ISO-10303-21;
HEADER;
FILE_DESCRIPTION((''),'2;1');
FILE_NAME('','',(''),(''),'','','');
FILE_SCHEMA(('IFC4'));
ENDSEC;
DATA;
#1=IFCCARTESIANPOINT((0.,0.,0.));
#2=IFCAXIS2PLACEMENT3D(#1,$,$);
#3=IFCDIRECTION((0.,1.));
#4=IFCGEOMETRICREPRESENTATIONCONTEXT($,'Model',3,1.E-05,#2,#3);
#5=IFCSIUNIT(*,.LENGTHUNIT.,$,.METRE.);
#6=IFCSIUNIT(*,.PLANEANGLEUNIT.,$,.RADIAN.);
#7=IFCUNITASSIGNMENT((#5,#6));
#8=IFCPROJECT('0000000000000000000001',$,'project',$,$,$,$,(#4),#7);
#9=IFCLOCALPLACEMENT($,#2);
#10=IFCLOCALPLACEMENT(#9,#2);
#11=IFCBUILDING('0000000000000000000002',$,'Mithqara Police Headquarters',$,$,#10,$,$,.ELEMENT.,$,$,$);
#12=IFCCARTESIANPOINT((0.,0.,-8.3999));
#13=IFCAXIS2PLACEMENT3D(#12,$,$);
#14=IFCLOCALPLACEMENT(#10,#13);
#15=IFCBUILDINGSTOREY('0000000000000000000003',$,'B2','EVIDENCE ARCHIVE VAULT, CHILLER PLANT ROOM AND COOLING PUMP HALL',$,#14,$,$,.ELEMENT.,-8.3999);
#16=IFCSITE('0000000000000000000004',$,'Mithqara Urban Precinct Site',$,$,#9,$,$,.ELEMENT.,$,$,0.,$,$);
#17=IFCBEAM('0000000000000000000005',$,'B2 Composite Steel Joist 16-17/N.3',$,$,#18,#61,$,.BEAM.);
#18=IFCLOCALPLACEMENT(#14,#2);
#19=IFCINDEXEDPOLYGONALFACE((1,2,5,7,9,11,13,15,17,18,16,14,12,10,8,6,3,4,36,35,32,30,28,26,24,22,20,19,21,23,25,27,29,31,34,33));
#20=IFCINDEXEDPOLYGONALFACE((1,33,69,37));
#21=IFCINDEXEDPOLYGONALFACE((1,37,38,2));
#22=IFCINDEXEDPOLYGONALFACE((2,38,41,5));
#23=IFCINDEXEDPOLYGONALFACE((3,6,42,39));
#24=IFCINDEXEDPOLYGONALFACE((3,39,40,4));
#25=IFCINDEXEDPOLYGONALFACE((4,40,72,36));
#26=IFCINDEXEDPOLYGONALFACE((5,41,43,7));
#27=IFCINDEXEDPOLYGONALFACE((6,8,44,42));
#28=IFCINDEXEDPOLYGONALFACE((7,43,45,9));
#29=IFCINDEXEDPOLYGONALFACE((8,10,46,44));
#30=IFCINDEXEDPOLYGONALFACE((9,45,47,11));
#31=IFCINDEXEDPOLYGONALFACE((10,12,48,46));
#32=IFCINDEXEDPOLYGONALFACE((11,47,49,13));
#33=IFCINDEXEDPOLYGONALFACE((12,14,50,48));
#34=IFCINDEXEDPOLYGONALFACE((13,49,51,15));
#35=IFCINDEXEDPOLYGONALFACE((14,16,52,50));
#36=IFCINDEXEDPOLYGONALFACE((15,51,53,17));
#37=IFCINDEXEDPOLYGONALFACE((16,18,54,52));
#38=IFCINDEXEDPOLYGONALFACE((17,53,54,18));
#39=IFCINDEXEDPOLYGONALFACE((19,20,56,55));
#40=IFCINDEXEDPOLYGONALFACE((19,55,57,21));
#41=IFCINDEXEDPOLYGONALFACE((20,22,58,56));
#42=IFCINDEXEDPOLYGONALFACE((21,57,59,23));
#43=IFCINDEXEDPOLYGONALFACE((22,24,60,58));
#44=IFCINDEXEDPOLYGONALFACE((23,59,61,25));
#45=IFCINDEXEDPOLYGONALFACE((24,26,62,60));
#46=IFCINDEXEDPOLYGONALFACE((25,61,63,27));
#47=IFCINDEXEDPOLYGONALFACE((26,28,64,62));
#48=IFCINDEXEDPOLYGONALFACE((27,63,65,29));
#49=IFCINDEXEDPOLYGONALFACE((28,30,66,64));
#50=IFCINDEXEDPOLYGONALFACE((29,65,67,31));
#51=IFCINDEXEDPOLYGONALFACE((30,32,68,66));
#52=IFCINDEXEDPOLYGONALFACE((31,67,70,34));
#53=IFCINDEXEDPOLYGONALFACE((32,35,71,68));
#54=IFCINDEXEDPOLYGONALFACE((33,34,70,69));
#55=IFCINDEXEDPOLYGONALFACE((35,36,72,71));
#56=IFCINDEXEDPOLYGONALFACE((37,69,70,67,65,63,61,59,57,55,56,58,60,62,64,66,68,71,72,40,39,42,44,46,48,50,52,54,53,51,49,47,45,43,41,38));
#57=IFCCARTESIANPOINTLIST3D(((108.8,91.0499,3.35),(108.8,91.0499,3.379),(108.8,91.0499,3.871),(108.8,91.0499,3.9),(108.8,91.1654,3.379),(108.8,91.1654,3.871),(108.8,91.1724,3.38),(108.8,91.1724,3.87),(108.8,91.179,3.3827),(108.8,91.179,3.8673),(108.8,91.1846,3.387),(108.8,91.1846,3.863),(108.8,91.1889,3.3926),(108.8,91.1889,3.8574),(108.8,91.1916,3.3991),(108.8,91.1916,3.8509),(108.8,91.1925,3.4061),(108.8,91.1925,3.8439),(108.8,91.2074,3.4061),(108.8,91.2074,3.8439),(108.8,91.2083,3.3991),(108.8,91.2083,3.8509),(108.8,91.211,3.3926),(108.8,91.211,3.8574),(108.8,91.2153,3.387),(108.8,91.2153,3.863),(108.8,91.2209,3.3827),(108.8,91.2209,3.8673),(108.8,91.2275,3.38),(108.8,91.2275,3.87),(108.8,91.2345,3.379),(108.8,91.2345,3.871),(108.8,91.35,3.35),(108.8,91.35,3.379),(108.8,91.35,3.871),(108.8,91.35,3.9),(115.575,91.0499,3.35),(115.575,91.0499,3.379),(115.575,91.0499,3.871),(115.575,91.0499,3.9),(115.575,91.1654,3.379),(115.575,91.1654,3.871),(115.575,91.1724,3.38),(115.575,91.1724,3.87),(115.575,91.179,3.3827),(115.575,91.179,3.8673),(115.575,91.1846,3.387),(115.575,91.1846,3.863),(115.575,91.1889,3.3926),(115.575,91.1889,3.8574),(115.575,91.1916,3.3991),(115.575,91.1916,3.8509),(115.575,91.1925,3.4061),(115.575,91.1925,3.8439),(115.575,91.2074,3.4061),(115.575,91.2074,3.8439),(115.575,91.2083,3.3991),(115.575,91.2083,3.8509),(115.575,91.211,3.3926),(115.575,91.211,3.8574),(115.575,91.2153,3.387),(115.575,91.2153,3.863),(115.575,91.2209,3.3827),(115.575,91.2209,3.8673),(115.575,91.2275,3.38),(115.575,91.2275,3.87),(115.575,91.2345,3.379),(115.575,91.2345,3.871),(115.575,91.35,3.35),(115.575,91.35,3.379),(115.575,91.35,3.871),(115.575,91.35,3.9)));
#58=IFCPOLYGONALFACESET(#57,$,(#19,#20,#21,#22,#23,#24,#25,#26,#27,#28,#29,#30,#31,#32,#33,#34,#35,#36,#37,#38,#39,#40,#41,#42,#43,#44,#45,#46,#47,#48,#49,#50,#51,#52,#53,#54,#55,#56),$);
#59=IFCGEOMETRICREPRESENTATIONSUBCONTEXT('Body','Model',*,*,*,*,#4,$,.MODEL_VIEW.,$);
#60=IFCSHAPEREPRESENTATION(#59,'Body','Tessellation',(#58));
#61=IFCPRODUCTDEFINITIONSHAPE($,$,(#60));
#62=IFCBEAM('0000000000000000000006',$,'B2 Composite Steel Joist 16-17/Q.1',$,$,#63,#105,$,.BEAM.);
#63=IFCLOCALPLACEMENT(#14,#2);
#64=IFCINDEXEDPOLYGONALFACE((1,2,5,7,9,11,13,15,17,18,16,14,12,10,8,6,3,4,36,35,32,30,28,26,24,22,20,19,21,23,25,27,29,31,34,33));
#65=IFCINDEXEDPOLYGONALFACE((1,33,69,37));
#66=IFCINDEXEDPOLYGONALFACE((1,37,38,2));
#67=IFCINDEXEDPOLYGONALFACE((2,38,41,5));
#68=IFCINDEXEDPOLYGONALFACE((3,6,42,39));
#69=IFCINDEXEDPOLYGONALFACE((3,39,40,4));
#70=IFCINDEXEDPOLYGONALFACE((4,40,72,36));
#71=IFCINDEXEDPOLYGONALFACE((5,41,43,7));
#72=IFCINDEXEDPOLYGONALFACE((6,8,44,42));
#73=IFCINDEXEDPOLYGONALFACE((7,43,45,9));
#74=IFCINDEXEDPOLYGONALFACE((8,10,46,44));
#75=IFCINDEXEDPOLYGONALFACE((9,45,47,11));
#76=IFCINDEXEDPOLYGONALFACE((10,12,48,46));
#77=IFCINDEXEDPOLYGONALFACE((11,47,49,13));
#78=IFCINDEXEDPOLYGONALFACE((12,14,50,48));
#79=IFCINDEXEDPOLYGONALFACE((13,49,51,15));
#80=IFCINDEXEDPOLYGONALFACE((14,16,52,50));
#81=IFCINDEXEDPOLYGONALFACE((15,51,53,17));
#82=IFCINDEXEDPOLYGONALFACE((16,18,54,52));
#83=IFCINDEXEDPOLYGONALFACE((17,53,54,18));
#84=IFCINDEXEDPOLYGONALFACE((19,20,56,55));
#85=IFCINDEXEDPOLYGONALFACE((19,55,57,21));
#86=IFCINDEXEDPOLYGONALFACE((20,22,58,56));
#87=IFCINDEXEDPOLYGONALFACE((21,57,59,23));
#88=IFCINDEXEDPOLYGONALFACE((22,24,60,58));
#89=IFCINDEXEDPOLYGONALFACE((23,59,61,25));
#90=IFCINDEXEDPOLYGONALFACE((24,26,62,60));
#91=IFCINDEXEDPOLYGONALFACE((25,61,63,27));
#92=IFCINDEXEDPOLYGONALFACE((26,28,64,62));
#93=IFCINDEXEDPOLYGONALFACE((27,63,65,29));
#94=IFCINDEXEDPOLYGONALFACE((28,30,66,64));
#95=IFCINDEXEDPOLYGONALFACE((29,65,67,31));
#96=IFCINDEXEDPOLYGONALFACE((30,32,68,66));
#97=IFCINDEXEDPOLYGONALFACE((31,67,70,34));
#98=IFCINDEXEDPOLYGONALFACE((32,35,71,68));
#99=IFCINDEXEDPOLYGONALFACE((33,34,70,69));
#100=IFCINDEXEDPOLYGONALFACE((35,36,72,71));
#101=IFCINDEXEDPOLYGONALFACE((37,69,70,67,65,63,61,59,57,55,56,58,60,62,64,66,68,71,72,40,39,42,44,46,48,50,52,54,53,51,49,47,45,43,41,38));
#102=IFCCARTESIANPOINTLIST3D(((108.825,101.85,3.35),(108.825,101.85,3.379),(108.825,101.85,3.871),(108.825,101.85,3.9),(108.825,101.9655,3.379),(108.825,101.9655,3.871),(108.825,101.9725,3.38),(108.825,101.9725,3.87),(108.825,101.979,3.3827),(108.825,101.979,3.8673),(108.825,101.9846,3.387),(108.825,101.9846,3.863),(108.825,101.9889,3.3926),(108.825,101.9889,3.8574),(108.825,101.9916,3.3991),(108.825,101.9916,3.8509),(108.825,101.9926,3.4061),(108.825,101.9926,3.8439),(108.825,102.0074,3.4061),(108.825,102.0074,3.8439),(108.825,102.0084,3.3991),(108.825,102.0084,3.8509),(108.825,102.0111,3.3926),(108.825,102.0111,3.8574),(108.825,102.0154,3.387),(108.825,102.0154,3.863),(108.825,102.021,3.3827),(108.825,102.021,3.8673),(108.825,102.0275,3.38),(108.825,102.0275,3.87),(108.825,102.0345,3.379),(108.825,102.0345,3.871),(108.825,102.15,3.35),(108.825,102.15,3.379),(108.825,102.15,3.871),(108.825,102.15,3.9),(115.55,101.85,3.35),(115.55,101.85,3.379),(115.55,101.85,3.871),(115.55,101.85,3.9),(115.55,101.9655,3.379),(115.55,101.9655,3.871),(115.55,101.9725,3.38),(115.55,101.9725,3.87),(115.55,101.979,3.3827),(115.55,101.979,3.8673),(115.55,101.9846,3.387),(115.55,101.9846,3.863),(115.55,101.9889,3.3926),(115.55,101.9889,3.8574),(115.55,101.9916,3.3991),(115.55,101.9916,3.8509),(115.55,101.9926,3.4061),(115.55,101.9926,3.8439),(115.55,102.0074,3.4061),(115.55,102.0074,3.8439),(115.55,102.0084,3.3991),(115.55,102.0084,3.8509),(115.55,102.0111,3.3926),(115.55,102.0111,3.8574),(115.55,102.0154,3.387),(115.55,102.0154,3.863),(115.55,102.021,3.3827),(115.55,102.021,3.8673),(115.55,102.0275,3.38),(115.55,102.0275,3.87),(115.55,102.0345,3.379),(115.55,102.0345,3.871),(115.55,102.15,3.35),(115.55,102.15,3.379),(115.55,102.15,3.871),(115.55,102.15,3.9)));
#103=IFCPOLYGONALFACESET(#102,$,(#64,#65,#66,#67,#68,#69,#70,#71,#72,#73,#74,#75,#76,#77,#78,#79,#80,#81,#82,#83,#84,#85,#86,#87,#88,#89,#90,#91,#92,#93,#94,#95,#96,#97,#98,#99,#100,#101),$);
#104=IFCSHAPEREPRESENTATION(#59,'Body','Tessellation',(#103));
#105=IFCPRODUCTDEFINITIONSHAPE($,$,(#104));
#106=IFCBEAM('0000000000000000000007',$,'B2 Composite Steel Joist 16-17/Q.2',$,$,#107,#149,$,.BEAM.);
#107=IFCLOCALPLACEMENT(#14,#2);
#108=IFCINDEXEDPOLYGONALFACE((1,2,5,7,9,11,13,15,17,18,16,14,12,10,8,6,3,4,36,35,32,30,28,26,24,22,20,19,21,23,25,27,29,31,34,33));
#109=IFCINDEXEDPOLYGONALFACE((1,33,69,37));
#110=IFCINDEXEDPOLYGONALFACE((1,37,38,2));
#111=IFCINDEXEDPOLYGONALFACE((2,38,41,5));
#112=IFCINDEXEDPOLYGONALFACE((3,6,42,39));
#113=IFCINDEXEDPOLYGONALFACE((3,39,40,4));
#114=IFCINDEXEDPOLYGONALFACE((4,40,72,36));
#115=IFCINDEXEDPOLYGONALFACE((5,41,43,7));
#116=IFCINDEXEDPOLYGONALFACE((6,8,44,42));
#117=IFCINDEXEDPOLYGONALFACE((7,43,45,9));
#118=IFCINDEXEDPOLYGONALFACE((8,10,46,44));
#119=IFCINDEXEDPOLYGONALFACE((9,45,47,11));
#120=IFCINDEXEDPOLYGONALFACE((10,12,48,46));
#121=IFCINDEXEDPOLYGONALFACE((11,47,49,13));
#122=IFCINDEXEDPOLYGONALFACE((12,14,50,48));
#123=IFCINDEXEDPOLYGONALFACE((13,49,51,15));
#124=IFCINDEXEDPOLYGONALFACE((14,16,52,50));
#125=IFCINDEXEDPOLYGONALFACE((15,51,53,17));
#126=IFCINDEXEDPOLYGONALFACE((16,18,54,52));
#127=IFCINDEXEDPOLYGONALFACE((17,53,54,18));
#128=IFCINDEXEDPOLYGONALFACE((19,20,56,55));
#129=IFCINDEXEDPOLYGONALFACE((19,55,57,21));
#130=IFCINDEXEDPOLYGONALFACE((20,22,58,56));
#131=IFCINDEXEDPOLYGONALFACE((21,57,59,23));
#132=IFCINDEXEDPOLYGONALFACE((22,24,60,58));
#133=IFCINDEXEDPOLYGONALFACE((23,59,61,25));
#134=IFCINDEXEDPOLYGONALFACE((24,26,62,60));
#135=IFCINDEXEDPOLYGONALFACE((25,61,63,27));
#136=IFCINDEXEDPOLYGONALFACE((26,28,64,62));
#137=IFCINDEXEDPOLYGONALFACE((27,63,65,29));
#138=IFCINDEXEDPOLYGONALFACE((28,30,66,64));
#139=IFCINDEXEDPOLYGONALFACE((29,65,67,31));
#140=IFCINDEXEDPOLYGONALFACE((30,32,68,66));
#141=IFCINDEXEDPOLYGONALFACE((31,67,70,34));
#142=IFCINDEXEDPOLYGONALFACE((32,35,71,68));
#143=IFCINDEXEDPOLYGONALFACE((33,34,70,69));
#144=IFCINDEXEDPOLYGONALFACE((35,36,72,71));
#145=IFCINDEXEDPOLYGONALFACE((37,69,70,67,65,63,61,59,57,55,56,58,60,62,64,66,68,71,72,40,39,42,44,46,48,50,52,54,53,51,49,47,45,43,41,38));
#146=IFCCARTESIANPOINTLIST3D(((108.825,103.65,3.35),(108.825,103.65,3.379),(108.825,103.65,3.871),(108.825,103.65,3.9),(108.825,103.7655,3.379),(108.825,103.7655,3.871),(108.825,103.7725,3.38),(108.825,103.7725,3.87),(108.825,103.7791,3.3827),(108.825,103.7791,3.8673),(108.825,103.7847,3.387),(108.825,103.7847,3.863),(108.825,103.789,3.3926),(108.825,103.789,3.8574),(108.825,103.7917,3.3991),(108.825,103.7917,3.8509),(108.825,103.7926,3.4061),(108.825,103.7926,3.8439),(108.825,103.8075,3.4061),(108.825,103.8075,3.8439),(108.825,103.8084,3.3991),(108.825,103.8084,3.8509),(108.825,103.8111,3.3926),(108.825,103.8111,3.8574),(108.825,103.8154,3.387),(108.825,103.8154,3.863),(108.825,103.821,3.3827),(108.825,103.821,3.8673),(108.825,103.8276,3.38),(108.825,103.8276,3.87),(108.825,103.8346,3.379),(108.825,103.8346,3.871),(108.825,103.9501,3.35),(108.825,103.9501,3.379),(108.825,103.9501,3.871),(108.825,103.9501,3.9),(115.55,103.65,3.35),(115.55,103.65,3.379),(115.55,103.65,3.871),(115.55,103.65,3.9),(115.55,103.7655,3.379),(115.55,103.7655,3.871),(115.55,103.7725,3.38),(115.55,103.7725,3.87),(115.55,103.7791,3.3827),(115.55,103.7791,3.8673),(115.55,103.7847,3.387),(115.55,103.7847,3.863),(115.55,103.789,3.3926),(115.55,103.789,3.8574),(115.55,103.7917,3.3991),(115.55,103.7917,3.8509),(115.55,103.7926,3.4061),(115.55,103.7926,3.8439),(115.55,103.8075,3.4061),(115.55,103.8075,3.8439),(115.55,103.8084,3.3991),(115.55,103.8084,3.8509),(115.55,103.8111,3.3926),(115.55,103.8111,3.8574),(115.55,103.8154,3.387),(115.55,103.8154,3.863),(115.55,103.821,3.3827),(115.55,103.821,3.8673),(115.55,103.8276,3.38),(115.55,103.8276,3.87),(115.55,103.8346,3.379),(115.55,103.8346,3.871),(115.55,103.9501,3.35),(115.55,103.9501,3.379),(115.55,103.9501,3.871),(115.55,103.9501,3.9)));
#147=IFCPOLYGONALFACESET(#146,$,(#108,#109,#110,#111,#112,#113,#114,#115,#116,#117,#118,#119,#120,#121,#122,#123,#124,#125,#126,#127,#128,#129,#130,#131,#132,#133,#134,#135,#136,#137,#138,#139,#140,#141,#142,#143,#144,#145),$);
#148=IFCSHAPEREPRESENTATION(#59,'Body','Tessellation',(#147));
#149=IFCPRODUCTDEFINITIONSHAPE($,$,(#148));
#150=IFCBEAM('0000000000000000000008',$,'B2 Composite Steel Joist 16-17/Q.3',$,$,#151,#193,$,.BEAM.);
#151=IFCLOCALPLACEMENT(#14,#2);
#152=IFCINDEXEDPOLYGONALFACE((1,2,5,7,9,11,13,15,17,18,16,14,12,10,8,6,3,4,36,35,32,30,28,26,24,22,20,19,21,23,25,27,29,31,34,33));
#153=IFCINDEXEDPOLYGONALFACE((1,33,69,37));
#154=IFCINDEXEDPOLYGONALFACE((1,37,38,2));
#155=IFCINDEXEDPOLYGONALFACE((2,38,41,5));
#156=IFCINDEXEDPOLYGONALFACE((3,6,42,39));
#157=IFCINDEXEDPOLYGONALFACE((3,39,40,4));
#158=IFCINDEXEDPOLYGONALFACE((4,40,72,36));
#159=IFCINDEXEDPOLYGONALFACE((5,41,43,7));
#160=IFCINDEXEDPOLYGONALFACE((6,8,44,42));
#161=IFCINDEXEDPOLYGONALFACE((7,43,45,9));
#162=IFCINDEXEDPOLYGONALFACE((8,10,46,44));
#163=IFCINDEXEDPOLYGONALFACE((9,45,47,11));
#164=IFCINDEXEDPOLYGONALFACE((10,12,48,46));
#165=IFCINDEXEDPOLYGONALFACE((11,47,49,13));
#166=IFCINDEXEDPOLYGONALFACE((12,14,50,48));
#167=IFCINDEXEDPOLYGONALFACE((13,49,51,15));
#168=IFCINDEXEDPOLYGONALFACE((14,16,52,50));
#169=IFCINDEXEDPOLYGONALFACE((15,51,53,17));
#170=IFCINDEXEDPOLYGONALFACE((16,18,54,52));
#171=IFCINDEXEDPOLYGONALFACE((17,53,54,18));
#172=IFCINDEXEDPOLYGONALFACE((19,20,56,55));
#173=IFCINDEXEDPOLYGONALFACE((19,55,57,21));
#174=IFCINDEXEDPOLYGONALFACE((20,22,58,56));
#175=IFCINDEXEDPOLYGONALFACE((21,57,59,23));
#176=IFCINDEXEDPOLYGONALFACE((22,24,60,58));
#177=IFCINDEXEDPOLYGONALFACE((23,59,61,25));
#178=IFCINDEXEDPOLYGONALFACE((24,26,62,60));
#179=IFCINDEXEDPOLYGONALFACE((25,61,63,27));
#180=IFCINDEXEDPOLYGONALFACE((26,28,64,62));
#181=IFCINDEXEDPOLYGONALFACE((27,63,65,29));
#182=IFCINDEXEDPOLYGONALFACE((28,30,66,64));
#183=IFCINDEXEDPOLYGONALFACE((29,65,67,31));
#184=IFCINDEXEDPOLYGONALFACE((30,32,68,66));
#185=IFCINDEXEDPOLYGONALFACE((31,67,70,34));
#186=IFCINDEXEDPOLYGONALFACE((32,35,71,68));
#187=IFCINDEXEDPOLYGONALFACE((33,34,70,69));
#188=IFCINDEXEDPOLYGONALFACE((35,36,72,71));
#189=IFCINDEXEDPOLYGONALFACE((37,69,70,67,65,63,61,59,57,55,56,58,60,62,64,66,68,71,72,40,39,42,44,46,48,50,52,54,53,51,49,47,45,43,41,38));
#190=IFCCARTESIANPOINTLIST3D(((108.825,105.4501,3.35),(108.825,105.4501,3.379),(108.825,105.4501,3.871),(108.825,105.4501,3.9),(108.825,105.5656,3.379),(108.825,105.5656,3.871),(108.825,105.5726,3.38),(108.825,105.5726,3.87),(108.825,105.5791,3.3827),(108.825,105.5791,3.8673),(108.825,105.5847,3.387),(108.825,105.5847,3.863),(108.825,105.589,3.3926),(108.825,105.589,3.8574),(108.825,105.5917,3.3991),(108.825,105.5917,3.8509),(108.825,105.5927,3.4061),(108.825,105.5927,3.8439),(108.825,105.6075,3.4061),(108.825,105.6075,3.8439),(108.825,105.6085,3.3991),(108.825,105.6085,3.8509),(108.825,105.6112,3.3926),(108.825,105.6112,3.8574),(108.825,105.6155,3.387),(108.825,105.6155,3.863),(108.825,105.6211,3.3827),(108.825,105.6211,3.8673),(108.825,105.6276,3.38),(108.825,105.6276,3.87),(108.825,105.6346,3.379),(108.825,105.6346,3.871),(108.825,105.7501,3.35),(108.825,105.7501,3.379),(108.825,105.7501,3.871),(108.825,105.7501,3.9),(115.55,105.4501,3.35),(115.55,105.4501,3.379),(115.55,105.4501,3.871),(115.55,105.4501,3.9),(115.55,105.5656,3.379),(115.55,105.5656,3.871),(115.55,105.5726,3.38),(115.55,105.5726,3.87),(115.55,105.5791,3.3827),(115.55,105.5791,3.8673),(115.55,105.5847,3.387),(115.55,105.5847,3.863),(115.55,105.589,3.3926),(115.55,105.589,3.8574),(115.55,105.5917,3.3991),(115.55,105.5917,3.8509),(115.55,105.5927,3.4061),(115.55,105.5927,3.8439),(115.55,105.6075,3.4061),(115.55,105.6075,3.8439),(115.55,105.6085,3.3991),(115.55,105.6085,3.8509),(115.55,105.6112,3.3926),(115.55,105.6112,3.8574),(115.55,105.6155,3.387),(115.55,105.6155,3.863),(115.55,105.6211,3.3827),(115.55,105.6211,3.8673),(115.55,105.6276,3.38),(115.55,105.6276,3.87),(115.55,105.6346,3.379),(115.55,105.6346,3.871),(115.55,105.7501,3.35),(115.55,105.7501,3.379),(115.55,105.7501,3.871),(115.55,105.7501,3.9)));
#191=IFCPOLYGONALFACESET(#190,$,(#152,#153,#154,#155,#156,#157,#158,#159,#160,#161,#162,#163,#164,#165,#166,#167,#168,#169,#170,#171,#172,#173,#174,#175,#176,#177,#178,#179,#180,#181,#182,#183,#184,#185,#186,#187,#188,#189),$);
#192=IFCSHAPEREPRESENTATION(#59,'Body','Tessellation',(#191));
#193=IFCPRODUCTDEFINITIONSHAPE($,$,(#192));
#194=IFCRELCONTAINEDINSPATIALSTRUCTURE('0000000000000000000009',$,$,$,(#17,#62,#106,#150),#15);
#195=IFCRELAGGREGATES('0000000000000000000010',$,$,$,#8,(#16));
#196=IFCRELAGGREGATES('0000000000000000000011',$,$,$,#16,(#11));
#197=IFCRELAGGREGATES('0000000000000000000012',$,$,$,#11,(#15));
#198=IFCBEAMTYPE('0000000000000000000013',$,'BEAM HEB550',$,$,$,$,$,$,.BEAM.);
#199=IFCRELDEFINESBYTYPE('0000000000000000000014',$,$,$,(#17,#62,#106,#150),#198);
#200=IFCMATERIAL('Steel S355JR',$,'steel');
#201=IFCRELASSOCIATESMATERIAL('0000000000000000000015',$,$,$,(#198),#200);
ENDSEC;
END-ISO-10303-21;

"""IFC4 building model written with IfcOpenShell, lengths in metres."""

from ifc_helpers import new_model, si_unit, direction, frame, origin, origin_2d, place, context, subcontext, project, spatial, i_section, extrude, material, material_profile, profile_set, type_object, element, save


model = new_model("IFC4")

# Units and contexts
model_context = context("Model", 3, precision=1e-05, world=origin(), true_north=direction((0.0, 1.0)))
body_context = subcontext(model_context, "Body", "Model", "MODEL_VIEW")
ifc_project = project(units=[si_unit("LENGTHUNIT", "METRE"), si_unit("PLANEANGLEUNIT", "RADIAN")], contexts=[model_context])

# Site, building, storey
site_placement = place(None, origin())
site = spatial("IfcSite", under=ifc_project, at=site_placement, Name="Mithqara Urban Precinct Site", CompositionType="ELEMENT", RefElevation=0.0)
building_placement = place(site_placement, origin())
building = spatial("IfcBuilding", under=site, at=building_placement, Name="Mithqara Police Headquarters", CompositionType="ELEMENT")
storey_placement = place(building_placement, frame((0.0, 0.0, -8.3999)))
storey = spatial("IfcBuildingStorey", under=building, at=storey_placement, Name="B2", Description="EVIDENCE ARCHIVE VAULT, CHILLER PLANT ROOM AND COOLING PUMP HALL", CompositionType="ELEMENT", Elevation=-8.3999)

# Beams
ifc_material_1 = material(Name="Steel S355JR", Category="steel")
ifc_material_profile_1 = material_profile(ifc_material_1, i_section(OverallWidth=0.3, OverallDepth=0.55, WebThickness=0.0149, FlangeThickness=0.0291, FilletRadius=0.0271, at=origin_2d()), Name="HEB 550")
ifc_profile_set_1 = profile_set([ifc_material_profile_1], Name="Steel S355JR")
beam_type_1 = type_object("IfcBeamType", Name="BEAM HEB550", PredefinedType="BEAM", material=ifc_profile_set_1)
for number, where, z_axis, x_axis, name in (
    (1, (108.8, 91.2, 3.625), (1.0, 0.0, 0.0), (0.0, 1.0, 0.0), "B2 Composite Steel Joist 16-17/N.3"),
):
    element("IfcBeam", number, at=place(storey_placement, frame(where, z_axis=z_axis, x_axis=x_axis)), inside=storey, type_object=beam_type_1, Name=name, PredefinedType="BEAM", context=body_context, shape_type="SweptSolid", body=[
        extrude(i_section(OverallWidth=0.3, OverallDepth=0.55, WebThickness=0.0149, FlangeThickness=0.0291, FilletRadius=0.0271, at=origin_2d()), origin(), (0.0, 0.0, 1.0), 6.7749),
    ])
for number, where, z_axis, x_axis, name in (
    (2, (108.825, 102.0, 3.625), (1.0, 0.0, 0.0), (0.0, 1.0, 0.0), "B2 Composite Steel Joist 16-17/Q.1"),
    (3, (108.825, 103.8, 3.625), (1.0, 0.0, 0.0), (0.0, 1.0, 0.0), "B2 Composite Steel Joist 16-17/Q.2"),
    (4, (108.825, 105.6001, 3.625), (1.0, 0.0, 0.0), (0.0, 1.0, 0.0), "B2 Composite Steel Joist 16-17/Q.3"),
):
    element("IfcBeam", number, at=place(storey_placement, frame(where, z_axis=z_axis, x_axis=x_axis)), inside=storey, type_object=beam_type_1, Name=name, PredefinedType="BEAM", context=body_context, shape_type="SweptSolid", body=[
        extrude(i_section(OverallWidth=0.3, OverallDepth=0.55, WebThickness=0.0149, FlangeThickness=0.0291, FilletRadius=0.0271, at=origin_2d()), origin(), (0.0, 0.0, 1.0), 6.7251),
    ])

save(model, "model.ifc")
